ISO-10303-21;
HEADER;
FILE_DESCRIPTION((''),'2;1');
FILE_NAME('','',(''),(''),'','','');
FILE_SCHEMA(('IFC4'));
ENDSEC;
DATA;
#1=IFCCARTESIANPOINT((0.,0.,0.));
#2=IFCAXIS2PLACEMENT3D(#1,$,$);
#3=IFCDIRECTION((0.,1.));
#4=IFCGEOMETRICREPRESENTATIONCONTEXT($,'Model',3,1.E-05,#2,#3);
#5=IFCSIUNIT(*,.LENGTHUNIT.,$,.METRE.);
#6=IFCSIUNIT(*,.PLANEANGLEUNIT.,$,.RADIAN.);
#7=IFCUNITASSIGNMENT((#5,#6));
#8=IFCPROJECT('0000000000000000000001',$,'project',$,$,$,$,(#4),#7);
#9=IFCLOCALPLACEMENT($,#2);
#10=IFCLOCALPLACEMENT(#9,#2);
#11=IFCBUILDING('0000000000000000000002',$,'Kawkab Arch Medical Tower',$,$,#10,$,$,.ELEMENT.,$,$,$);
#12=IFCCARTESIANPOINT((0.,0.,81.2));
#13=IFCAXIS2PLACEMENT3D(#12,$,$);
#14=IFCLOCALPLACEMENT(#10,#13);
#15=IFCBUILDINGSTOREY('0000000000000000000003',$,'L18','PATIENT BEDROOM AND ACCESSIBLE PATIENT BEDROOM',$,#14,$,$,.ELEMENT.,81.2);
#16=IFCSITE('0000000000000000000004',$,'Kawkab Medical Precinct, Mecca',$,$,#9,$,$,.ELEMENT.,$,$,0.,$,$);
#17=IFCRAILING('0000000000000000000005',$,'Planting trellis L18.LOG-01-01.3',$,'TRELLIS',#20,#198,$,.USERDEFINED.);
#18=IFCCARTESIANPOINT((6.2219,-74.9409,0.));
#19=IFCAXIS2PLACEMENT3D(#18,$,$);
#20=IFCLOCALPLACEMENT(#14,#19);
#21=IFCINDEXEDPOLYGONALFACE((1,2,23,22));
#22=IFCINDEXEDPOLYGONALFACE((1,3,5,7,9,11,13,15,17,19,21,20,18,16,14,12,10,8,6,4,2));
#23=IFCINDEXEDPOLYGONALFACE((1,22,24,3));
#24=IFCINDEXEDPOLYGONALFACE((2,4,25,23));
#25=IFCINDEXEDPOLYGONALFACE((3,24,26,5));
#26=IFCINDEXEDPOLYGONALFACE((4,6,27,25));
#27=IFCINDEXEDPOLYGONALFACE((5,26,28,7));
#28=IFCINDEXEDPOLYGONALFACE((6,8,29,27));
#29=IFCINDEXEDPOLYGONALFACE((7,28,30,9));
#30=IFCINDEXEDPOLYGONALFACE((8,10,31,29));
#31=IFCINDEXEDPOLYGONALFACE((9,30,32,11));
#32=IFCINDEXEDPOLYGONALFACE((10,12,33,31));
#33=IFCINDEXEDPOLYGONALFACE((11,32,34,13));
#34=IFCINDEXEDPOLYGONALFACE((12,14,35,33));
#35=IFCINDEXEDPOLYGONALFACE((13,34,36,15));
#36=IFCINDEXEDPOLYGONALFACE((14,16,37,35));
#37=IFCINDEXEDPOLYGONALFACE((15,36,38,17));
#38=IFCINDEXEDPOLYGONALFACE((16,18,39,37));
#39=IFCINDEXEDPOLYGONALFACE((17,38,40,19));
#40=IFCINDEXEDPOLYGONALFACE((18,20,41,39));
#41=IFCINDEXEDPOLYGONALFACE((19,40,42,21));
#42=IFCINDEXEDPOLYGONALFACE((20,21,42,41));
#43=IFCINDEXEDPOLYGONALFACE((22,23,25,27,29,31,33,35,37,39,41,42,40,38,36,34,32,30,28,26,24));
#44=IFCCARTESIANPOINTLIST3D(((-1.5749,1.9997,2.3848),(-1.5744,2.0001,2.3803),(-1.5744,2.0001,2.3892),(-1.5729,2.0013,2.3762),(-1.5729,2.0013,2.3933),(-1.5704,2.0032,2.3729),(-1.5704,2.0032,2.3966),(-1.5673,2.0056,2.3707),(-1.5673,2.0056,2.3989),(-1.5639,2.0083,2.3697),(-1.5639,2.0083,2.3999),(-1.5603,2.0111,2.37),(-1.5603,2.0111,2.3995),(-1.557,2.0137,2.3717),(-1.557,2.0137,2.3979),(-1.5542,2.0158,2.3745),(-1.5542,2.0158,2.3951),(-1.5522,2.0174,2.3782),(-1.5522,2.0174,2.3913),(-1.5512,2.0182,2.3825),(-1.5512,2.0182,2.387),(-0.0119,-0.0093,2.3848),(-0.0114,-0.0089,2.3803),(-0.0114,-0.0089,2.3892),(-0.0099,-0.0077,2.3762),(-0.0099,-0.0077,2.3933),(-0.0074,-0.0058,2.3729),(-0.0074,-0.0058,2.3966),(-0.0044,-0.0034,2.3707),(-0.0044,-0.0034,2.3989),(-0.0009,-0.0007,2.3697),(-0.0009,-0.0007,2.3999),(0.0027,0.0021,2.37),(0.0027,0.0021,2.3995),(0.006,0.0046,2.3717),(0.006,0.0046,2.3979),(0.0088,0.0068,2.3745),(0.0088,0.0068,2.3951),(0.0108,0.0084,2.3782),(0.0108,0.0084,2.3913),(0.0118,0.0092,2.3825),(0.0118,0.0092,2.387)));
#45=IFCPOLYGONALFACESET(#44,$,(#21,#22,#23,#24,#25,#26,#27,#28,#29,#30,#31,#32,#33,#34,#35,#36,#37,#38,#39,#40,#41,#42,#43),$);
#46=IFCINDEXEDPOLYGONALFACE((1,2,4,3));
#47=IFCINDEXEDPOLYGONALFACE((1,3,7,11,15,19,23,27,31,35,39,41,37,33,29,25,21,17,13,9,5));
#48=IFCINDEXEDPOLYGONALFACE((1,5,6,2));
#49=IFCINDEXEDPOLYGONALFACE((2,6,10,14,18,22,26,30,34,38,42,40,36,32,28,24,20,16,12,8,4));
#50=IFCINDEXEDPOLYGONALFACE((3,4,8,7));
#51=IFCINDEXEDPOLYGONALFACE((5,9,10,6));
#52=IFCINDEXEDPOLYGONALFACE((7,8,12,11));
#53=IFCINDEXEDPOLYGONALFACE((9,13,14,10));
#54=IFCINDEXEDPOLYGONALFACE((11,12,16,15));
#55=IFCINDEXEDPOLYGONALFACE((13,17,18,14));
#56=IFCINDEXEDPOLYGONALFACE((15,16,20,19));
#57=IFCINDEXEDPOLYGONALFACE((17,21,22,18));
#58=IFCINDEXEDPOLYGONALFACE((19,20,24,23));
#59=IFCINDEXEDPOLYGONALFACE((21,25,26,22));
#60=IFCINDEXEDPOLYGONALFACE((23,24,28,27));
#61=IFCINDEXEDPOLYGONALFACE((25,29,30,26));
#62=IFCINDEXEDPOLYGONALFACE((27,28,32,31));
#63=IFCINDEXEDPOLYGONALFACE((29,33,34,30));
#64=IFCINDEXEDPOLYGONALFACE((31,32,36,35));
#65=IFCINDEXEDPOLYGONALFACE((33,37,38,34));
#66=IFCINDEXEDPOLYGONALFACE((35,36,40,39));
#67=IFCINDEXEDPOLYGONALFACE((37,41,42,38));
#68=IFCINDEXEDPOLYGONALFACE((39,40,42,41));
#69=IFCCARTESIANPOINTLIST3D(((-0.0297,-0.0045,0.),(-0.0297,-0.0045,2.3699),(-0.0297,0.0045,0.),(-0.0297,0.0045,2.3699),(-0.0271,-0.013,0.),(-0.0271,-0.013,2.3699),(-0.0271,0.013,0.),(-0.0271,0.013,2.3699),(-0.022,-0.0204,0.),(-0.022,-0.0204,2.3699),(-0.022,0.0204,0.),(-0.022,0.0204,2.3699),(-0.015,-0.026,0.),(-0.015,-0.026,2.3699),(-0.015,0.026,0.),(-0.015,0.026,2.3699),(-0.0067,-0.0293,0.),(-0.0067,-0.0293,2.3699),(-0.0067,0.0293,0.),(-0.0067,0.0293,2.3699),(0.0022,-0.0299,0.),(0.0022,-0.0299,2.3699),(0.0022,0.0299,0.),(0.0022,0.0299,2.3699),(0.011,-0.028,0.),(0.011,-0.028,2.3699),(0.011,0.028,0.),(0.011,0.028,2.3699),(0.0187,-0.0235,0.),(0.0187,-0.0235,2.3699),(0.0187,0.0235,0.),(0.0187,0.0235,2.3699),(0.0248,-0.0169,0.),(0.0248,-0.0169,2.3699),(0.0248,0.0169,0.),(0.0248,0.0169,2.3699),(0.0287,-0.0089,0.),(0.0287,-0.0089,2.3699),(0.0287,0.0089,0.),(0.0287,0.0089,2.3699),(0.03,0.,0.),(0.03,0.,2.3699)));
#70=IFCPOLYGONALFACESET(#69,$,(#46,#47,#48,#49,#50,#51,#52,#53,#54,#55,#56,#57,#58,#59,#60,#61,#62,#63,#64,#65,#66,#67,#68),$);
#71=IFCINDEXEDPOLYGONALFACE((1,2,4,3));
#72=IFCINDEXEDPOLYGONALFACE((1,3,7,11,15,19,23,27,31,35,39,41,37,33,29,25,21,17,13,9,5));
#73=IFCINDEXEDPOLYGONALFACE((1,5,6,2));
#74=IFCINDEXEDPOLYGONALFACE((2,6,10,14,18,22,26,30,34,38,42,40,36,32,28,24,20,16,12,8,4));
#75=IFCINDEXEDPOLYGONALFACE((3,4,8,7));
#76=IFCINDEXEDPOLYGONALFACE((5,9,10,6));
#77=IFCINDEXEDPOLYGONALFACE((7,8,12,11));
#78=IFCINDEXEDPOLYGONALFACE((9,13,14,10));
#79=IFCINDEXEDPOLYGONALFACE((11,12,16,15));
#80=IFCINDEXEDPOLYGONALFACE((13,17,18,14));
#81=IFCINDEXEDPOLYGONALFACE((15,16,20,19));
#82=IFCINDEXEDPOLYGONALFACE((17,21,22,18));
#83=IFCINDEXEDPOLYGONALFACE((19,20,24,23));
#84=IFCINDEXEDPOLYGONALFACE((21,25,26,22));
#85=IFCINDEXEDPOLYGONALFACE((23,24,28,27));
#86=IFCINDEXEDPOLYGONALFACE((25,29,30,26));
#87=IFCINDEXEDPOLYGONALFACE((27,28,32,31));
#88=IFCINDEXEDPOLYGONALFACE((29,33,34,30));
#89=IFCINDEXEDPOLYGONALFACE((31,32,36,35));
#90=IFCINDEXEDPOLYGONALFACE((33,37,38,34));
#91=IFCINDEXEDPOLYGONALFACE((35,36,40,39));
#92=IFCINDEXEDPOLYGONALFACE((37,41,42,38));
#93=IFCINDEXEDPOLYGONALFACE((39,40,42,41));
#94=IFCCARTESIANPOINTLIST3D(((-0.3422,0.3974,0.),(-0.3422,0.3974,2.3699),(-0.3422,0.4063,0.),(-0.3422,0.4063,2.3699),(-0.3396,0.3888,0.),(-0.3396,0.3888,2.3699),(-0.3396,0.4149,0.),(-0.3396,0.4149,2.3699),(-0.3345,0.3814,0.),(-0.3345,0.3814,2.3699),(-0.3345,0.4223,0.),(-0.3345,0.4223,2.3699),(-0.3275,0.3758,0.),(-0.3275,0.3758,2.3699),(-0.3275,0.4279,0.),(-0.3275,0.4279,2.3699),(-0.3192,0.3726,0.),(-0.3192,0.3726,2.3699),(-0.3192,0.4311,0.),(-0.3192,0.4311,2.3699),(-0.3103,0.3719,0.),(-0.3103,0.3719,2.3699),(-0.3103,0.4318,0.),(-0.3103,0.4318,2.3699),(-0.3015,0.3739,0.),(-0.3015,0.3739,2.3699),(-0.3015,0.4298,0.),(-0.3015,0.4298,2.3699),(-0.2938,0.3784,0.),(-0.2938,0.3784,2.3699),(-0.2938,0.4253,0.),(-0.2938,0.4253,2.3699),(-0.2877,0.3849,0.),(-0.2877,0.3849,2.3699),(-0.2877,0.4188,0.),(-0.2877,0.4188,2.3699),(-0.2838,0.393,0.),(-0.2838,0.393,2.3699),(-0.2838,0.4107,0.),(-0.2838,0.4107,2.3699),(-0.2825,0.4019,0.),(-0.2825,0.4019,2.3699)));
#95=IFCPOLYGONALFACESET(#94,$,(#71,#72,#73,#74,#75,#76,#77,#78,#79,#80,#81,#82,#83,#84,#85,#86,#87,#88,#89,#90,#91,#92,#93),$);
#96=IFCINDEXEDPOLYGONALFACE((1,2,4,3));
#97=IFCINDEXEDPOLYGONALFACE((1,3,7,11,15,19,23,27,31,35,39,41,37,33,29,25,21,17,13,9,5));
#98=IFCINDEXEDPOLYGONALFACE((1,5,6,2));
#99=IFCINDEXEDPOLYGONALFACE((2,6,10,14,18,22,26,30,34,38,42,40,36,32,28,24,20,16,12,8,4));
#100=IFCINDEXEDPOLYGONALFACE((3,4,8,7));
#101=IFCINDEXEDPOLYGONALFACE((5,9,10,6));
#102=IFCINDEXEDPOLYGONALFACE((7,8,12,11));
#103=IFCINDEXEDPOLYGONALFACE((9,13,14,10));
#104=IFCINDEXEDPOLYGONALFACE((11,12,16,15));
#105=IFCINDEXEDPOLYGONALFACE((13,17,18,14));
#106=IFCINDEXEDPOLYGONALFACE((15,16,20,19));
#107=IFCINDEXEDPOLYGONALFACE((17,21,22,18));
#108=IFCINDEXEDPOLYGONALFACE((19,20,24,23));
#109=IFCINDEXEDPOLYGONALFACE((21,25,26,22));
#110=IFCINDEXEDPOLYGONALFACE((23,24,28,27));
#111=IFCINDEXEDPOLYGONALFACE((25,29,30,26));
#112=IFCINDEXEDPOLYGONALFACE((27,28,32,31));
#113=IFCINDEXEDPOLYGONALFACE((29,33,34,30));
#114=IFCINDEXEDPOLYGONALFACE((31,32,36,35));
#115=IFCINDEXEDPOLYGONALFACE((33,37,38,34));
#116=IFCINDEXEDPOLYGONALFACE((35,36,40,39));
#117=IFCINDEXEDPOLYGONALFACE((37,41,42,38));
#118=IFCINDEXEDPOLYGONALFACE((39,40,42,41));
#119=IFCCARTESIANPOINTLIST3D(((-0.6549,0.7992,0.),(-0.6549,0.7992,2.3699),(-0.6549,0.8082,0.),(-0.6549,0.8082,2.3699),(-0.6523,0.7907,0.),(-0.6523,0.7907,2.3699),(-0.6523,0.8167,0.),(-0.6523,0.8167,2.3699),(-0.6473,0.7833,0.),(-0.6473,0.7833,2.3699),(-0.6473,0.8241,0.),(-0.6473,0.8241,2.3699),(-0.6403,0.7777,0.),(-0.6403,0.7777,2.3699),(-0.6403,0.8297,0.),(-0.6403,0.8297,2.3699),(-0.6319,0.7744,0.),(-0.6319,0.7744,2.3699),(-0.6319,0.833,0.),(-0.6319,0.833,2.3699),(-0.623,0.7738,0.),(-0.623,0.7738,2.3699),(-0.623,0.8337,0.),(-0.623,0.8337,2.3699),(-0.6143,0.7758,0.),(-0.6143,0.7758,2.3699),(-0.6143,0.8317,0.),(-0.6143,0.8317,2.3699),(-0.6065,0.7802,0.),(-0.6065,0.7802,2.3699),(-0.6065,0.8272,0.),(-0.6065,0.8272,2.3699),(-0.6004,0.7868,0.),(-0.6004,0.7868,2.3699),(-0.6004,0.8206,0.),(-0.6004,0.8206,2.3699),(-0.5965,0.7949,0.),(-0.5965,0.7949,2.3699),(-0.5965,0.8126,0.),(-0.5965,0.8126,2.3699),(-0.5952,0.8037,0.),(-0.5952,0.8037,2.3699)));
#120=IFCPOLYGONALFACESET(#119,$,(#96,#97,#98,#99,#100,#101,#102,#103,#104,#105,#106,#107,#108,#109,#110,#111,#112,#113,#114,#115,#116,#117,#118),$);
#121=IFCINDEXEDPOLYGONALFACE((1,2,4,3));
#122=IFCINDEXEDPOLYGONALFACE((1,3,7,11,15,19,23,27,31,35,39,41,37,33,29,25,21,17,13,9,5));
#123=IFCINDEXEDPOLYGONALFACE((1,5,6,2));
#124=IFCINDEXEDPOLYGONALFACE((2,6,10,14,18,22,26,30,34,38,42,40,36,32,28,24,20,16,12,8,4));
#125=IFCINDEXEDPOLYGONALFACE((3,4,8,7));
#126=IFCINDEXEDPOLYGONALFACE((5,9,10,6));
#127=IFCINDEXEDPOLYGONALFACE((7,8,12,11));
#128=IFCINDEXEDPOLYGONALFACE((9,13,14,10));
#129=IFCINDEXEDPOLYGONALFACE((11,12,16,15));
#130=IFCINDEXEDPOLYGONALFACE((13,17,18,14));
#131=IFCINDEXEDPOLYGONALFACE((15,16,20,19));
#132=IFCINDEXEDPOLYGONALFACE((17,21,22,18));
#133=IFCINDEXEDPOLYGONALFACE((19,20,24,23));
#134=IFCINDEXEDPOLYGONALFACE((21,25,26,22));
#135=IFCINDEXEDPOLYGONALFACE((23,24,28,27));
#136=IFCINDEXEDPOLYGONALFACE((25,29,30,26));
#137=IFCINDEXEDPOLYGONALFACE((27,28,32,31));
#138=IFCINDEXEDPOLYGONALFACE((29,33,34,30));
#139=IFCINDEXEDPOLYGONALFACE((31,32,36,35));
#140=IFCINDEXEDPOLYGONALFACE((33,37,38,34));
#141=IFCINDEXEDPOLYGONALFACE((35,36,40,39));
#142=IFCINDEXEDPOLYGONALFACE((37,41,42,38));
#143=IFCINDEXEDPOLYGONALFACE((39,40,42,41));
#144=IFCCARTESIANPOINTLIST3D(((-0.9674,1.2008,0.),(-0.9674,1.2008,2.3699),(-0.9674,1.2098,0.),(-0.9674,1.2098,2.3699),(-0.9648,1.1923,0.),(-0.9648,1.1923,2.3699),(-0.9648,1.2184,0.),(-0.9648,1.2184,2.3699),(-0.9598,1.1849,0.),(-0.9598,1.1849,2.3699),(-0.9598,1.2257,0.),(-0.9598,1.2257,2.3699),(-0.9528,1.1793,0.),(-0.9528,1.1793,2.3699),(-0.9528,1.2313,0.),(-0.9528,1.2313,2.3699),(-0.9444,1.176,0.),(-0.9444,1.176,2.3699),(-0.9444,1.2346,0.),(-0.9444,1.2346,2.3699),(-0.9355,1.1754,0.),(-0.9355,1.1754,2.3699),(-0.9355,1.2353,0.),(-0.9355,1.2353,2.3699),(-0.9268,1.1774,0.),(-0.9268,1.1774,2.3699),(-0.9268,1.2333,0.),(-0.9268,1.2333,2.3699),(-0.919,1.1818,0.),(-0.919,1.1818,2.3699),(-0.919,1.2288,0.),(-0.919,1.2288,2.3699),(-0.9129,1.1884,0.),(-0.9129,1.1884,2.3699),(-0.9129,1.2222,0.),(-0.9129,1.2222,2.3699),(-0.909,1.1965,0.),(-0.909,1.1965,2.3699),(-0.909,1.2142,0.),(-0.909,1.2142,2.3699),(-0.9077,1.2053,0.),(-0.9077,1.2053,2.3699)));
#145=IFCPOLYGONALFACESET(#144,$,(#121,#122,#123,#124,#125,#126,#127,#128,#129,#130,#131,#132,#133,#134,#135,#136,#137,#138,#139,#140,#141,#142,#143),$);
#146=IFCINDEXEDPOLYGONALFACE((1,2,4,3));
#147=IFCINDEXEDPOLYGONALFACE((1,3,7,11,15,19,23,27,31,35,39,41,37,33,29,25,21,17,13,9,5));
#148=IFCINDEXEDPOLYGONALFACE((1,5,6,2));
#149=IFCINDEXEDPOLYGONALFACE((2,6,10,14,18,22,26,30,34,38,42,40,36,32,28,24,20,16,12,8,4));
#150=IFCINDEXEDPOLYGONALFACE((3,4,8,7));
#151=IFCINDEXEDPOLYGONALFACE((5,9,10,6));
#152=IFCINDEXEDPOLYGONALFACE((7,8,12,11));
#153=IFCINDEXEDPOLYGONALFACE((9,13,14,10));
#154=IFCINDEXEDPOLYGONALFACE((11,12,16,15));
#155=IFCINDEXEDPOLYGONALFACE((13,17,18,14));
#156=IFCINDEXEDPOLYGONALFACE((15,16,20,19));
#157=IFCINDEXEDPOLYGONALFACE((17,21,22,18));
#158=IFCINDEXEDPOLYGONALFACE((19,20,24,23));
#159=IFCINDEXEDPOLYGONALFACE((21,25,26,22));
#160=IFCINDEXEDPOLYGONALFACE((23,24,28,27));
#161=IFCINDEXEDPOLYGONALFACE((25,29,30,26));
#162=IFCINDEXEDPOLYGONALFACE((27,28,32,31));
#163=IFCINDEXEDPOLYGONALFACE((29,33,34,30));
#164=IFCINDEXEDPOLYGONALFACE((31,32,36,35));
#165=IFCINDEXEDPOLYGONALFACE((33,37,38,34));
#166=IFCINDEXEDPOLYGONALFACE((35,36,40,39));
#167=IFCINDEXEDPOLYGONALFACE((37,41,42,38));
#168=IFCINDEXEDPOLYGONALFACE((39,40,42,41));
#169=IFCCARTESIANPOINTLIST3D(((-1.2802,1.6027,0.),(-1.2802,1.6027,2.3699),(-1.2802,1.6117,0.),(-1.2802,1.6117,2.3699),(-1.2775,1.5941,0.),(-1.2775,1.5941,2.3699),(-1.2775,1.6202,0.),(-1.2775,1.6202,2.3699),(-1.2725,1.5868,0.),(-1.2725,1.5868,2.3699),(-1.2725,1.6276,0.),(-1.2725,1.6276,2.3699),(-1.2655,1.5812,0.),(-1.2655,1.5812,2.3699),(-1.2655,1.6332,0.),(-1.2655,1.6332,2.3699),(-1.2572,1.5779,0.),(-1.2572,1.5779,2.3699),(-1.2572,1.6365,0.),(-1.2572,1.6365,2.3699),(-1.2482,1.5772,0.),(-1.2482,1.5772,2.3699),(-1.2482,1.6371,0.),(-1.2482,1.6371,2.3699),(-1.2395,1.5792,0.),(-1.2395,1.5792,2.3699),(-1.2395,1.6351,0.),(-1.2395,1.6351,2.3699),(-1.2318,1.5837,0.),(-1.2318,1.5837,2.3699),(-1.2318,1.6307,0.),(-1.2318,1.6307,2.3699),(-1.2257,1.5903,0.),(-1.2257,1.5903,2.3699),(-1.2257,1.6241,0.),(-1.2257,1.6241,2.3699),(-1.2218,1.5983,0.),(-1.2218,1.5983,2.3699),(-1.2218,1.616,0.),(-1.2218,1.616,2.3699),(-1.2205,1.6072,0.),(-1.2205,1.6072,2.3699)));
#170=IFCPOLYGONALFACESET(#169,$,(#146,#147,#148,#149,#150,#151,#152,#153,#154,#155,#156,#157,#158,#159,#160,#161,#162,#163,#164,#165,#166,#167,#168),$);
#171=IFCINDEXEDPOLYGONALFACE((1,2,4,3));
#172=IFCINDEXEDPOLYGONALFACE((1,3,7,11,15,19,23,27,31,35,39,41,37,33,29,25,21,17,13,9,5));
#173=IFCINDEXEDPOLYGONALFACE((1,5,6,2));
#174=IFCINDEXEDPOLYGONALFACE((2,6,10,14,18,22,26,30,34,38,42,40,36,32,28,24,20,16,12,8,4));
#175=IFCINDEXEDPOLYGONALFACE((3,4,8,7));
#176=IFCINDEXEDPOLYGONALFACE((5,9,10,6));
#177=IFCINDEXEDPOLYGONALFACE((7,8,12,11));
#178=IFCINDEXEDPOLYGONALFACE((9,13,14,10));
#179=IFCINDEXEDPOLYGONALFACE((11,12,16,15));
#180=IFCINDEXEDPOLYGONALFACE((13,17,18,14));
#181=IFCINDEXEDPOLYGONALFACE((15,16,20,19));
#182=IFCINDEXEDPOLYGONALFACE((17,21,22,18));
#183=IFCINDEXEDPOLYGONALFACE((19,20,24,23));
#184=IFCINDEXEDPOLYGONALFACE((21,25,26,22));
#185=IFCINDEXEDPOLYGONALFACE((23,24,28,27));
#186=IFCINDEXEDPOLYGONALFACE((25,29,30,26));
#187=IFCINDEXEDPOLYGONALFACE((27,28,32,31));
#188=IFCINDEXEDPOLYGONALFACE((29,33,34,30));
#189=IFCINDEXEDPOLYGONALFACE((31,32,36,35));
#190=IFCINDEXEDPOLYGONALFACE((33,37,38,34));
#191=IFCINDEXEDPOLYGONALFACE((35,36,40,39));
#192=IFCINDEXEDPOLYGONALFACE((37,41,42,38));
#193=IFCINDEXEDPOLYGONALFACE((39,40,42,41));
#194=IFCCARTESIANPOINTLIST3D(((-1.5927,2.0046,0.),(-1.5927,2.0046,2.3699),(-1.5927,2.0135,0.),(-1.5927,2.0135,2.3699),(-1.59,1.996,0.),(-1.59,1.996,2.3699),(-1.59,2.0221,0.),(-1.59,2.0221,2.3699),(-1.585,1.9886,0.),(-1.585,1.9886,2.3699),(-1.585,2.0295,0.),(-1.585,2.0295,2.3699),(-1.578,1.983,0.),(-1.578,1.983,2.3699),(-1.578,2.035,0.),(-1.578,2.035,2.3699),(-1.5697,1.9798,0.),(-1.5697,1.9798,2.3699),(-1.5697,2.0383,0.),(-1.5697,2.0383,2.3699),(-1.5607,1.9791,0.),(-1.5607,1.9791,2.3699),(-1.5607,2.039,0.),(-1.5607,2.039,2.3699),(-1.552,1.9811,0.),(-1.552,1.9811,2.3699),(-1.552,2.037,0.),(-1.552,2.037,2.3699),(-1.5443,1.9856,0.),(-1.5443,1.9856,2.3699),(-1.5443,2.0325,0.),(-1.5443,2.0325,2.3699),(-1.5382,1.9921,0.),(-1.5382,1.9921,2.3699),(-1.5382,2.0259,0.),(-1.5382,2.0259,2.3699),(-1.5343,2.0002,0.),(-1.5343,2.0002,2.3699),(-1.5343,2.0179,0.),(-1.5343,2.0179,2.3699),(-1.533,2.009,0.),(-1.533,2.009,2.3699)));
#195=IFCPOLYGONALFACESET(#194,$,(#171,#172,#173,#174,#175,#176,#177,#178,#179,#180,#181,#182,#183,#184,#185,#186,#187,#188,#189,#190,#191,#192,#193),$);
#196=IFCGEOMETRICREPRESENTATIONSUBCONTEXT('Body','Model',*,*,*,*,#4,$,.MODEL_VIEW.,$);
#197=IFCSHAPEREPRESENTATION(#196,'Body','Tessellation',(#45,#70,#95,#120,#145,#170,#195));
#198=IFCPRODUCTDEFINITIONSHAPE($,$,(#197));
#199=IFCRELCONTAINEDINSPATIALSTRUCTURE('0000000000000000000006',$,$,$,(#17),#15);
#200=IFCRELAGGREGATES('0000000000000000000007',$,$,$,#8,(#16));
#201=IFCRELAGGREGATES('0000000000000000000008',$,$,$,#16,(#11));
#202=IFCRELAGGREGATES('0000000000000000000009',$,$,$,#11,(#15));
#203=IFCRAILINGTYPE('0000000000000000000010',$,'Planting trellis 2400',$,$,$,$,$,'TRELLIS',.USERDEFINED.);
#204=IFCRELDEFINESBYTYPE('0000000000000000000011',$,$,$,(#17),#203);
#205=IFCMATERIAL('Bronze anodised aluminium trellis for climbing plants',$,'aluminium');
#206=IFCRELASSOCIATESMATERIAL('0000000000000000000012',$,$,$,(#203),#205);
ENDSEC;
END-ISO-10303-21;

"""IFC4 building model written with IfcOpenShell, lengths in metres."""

from ifc_helpers import new_model, si_unit, direction, frame, origin, origin_2d, place, context, subcontext, project, spatial, circle, extrude, material, type_object, element, save


model = new_model("IFC4")

# Units and contexts
model_context = context("Model", 3, precision=1e-05, world=origin(), true_north=direction((0.0, 1.0)))
body_context = subcontext(model_context, "Body", "Model", "MODEL_VIEW")
ifc_project = project(units=[si_unit("LENGTHUNIT", "METRE"), si_unit("PLANEANGLEUNIT", "RADIAN")], contexts=[model_context])

# Site, building, storey
site_placement = place(None, origin())
site = spatial("IfcSite", under=ifc_project, at=site_placement, Name="Kawkab Medical Precinct, Mecca", CompositionType="ELEMENT", RefElevation=0.0)
building_placement = place(site_placement, origin())
building = spatial("IfcBuilding", under=site, at=building_placement, Name="Kawkab Arch Medical Tower", CompositionType="ELEMENT")
storey_placement = place(building_placement, frame((0.0, 0.0, 81.2)))
storey = spatial("IfcBuildingStorey", under=building, at=storey_placement, Name="L18", Description="PATIENT BEDROOM AND ACCESSIBLE PATIENT BEDROOM", CompositionType="ELEMENT", Elevation=81.2)

# Railing
ifc_material_1 = material(Name="Bronze anodised aluminium trellis for climbing plants", Category="aluminium")
railing_type = type_object("IfcRailingType", Name="Planting trellis 2400", ElementType="TRELLIS", PredefinedType="USERDEFINED", material=ifc_material_1)
railing_1_placement = place(storey_placement, frame((6.2219, -74.9409, 0.0)))
element("IfcRailing", 1, at=railing_1_placement, inside=storey, type_object=railing_type, Name="Planting trellis L18.LOG-01-01.3", ObjectType="TRELLIS", PredefinedType="USERDEFINED", context=body_context, shape_type="SweptSolid", body=[
    extrude(circle(Radius=0.0151, at=origin_2d()), frame((0.0, 0.0, 2.3848), z_axis=(-0.61404, 0.789275, 0.0), x_axis=(-0.789275, -0.61404, 0.0)), (0.0, 0.0, 1.0), 2.5454),
    extrude(circle(Radius=0.03, at=origin_2d()), origin(), (0.0, 0.0, 1.0), 2.3699),
    extrude(circle(Radius=0.03, at=origin_2d()), frame((-0.3125, 0.4019, 0.0)), (0.0, 0.0, 1.0), 2.3699),
    extrude(circle(Radius=0.03, at=origin_2d()), frame((-0.6252, 0.8037, 0.0)), (0.0, 0.0, 1.0), 2.3699),
    extrude(circle(Radius=0.03, at=origin_2d()), frame((-0.9377, 1.2053, 0.0)), (0.0, 0.0, 1.0), 2.3699),
    extrude(circle(Radius=0.03, at=origin_2d()), frame((-1.2505, 1.6072, 0.0)), (0.0, 0.0, 1.0), 2.3699),
    extrude(circle(Radius=0.03, at=origin_2d()), frame((-1.563, 2.009, 0.0)), (0.0, 0.0, 1.0), 2.3699),
])

save(model, "model.ifc")
